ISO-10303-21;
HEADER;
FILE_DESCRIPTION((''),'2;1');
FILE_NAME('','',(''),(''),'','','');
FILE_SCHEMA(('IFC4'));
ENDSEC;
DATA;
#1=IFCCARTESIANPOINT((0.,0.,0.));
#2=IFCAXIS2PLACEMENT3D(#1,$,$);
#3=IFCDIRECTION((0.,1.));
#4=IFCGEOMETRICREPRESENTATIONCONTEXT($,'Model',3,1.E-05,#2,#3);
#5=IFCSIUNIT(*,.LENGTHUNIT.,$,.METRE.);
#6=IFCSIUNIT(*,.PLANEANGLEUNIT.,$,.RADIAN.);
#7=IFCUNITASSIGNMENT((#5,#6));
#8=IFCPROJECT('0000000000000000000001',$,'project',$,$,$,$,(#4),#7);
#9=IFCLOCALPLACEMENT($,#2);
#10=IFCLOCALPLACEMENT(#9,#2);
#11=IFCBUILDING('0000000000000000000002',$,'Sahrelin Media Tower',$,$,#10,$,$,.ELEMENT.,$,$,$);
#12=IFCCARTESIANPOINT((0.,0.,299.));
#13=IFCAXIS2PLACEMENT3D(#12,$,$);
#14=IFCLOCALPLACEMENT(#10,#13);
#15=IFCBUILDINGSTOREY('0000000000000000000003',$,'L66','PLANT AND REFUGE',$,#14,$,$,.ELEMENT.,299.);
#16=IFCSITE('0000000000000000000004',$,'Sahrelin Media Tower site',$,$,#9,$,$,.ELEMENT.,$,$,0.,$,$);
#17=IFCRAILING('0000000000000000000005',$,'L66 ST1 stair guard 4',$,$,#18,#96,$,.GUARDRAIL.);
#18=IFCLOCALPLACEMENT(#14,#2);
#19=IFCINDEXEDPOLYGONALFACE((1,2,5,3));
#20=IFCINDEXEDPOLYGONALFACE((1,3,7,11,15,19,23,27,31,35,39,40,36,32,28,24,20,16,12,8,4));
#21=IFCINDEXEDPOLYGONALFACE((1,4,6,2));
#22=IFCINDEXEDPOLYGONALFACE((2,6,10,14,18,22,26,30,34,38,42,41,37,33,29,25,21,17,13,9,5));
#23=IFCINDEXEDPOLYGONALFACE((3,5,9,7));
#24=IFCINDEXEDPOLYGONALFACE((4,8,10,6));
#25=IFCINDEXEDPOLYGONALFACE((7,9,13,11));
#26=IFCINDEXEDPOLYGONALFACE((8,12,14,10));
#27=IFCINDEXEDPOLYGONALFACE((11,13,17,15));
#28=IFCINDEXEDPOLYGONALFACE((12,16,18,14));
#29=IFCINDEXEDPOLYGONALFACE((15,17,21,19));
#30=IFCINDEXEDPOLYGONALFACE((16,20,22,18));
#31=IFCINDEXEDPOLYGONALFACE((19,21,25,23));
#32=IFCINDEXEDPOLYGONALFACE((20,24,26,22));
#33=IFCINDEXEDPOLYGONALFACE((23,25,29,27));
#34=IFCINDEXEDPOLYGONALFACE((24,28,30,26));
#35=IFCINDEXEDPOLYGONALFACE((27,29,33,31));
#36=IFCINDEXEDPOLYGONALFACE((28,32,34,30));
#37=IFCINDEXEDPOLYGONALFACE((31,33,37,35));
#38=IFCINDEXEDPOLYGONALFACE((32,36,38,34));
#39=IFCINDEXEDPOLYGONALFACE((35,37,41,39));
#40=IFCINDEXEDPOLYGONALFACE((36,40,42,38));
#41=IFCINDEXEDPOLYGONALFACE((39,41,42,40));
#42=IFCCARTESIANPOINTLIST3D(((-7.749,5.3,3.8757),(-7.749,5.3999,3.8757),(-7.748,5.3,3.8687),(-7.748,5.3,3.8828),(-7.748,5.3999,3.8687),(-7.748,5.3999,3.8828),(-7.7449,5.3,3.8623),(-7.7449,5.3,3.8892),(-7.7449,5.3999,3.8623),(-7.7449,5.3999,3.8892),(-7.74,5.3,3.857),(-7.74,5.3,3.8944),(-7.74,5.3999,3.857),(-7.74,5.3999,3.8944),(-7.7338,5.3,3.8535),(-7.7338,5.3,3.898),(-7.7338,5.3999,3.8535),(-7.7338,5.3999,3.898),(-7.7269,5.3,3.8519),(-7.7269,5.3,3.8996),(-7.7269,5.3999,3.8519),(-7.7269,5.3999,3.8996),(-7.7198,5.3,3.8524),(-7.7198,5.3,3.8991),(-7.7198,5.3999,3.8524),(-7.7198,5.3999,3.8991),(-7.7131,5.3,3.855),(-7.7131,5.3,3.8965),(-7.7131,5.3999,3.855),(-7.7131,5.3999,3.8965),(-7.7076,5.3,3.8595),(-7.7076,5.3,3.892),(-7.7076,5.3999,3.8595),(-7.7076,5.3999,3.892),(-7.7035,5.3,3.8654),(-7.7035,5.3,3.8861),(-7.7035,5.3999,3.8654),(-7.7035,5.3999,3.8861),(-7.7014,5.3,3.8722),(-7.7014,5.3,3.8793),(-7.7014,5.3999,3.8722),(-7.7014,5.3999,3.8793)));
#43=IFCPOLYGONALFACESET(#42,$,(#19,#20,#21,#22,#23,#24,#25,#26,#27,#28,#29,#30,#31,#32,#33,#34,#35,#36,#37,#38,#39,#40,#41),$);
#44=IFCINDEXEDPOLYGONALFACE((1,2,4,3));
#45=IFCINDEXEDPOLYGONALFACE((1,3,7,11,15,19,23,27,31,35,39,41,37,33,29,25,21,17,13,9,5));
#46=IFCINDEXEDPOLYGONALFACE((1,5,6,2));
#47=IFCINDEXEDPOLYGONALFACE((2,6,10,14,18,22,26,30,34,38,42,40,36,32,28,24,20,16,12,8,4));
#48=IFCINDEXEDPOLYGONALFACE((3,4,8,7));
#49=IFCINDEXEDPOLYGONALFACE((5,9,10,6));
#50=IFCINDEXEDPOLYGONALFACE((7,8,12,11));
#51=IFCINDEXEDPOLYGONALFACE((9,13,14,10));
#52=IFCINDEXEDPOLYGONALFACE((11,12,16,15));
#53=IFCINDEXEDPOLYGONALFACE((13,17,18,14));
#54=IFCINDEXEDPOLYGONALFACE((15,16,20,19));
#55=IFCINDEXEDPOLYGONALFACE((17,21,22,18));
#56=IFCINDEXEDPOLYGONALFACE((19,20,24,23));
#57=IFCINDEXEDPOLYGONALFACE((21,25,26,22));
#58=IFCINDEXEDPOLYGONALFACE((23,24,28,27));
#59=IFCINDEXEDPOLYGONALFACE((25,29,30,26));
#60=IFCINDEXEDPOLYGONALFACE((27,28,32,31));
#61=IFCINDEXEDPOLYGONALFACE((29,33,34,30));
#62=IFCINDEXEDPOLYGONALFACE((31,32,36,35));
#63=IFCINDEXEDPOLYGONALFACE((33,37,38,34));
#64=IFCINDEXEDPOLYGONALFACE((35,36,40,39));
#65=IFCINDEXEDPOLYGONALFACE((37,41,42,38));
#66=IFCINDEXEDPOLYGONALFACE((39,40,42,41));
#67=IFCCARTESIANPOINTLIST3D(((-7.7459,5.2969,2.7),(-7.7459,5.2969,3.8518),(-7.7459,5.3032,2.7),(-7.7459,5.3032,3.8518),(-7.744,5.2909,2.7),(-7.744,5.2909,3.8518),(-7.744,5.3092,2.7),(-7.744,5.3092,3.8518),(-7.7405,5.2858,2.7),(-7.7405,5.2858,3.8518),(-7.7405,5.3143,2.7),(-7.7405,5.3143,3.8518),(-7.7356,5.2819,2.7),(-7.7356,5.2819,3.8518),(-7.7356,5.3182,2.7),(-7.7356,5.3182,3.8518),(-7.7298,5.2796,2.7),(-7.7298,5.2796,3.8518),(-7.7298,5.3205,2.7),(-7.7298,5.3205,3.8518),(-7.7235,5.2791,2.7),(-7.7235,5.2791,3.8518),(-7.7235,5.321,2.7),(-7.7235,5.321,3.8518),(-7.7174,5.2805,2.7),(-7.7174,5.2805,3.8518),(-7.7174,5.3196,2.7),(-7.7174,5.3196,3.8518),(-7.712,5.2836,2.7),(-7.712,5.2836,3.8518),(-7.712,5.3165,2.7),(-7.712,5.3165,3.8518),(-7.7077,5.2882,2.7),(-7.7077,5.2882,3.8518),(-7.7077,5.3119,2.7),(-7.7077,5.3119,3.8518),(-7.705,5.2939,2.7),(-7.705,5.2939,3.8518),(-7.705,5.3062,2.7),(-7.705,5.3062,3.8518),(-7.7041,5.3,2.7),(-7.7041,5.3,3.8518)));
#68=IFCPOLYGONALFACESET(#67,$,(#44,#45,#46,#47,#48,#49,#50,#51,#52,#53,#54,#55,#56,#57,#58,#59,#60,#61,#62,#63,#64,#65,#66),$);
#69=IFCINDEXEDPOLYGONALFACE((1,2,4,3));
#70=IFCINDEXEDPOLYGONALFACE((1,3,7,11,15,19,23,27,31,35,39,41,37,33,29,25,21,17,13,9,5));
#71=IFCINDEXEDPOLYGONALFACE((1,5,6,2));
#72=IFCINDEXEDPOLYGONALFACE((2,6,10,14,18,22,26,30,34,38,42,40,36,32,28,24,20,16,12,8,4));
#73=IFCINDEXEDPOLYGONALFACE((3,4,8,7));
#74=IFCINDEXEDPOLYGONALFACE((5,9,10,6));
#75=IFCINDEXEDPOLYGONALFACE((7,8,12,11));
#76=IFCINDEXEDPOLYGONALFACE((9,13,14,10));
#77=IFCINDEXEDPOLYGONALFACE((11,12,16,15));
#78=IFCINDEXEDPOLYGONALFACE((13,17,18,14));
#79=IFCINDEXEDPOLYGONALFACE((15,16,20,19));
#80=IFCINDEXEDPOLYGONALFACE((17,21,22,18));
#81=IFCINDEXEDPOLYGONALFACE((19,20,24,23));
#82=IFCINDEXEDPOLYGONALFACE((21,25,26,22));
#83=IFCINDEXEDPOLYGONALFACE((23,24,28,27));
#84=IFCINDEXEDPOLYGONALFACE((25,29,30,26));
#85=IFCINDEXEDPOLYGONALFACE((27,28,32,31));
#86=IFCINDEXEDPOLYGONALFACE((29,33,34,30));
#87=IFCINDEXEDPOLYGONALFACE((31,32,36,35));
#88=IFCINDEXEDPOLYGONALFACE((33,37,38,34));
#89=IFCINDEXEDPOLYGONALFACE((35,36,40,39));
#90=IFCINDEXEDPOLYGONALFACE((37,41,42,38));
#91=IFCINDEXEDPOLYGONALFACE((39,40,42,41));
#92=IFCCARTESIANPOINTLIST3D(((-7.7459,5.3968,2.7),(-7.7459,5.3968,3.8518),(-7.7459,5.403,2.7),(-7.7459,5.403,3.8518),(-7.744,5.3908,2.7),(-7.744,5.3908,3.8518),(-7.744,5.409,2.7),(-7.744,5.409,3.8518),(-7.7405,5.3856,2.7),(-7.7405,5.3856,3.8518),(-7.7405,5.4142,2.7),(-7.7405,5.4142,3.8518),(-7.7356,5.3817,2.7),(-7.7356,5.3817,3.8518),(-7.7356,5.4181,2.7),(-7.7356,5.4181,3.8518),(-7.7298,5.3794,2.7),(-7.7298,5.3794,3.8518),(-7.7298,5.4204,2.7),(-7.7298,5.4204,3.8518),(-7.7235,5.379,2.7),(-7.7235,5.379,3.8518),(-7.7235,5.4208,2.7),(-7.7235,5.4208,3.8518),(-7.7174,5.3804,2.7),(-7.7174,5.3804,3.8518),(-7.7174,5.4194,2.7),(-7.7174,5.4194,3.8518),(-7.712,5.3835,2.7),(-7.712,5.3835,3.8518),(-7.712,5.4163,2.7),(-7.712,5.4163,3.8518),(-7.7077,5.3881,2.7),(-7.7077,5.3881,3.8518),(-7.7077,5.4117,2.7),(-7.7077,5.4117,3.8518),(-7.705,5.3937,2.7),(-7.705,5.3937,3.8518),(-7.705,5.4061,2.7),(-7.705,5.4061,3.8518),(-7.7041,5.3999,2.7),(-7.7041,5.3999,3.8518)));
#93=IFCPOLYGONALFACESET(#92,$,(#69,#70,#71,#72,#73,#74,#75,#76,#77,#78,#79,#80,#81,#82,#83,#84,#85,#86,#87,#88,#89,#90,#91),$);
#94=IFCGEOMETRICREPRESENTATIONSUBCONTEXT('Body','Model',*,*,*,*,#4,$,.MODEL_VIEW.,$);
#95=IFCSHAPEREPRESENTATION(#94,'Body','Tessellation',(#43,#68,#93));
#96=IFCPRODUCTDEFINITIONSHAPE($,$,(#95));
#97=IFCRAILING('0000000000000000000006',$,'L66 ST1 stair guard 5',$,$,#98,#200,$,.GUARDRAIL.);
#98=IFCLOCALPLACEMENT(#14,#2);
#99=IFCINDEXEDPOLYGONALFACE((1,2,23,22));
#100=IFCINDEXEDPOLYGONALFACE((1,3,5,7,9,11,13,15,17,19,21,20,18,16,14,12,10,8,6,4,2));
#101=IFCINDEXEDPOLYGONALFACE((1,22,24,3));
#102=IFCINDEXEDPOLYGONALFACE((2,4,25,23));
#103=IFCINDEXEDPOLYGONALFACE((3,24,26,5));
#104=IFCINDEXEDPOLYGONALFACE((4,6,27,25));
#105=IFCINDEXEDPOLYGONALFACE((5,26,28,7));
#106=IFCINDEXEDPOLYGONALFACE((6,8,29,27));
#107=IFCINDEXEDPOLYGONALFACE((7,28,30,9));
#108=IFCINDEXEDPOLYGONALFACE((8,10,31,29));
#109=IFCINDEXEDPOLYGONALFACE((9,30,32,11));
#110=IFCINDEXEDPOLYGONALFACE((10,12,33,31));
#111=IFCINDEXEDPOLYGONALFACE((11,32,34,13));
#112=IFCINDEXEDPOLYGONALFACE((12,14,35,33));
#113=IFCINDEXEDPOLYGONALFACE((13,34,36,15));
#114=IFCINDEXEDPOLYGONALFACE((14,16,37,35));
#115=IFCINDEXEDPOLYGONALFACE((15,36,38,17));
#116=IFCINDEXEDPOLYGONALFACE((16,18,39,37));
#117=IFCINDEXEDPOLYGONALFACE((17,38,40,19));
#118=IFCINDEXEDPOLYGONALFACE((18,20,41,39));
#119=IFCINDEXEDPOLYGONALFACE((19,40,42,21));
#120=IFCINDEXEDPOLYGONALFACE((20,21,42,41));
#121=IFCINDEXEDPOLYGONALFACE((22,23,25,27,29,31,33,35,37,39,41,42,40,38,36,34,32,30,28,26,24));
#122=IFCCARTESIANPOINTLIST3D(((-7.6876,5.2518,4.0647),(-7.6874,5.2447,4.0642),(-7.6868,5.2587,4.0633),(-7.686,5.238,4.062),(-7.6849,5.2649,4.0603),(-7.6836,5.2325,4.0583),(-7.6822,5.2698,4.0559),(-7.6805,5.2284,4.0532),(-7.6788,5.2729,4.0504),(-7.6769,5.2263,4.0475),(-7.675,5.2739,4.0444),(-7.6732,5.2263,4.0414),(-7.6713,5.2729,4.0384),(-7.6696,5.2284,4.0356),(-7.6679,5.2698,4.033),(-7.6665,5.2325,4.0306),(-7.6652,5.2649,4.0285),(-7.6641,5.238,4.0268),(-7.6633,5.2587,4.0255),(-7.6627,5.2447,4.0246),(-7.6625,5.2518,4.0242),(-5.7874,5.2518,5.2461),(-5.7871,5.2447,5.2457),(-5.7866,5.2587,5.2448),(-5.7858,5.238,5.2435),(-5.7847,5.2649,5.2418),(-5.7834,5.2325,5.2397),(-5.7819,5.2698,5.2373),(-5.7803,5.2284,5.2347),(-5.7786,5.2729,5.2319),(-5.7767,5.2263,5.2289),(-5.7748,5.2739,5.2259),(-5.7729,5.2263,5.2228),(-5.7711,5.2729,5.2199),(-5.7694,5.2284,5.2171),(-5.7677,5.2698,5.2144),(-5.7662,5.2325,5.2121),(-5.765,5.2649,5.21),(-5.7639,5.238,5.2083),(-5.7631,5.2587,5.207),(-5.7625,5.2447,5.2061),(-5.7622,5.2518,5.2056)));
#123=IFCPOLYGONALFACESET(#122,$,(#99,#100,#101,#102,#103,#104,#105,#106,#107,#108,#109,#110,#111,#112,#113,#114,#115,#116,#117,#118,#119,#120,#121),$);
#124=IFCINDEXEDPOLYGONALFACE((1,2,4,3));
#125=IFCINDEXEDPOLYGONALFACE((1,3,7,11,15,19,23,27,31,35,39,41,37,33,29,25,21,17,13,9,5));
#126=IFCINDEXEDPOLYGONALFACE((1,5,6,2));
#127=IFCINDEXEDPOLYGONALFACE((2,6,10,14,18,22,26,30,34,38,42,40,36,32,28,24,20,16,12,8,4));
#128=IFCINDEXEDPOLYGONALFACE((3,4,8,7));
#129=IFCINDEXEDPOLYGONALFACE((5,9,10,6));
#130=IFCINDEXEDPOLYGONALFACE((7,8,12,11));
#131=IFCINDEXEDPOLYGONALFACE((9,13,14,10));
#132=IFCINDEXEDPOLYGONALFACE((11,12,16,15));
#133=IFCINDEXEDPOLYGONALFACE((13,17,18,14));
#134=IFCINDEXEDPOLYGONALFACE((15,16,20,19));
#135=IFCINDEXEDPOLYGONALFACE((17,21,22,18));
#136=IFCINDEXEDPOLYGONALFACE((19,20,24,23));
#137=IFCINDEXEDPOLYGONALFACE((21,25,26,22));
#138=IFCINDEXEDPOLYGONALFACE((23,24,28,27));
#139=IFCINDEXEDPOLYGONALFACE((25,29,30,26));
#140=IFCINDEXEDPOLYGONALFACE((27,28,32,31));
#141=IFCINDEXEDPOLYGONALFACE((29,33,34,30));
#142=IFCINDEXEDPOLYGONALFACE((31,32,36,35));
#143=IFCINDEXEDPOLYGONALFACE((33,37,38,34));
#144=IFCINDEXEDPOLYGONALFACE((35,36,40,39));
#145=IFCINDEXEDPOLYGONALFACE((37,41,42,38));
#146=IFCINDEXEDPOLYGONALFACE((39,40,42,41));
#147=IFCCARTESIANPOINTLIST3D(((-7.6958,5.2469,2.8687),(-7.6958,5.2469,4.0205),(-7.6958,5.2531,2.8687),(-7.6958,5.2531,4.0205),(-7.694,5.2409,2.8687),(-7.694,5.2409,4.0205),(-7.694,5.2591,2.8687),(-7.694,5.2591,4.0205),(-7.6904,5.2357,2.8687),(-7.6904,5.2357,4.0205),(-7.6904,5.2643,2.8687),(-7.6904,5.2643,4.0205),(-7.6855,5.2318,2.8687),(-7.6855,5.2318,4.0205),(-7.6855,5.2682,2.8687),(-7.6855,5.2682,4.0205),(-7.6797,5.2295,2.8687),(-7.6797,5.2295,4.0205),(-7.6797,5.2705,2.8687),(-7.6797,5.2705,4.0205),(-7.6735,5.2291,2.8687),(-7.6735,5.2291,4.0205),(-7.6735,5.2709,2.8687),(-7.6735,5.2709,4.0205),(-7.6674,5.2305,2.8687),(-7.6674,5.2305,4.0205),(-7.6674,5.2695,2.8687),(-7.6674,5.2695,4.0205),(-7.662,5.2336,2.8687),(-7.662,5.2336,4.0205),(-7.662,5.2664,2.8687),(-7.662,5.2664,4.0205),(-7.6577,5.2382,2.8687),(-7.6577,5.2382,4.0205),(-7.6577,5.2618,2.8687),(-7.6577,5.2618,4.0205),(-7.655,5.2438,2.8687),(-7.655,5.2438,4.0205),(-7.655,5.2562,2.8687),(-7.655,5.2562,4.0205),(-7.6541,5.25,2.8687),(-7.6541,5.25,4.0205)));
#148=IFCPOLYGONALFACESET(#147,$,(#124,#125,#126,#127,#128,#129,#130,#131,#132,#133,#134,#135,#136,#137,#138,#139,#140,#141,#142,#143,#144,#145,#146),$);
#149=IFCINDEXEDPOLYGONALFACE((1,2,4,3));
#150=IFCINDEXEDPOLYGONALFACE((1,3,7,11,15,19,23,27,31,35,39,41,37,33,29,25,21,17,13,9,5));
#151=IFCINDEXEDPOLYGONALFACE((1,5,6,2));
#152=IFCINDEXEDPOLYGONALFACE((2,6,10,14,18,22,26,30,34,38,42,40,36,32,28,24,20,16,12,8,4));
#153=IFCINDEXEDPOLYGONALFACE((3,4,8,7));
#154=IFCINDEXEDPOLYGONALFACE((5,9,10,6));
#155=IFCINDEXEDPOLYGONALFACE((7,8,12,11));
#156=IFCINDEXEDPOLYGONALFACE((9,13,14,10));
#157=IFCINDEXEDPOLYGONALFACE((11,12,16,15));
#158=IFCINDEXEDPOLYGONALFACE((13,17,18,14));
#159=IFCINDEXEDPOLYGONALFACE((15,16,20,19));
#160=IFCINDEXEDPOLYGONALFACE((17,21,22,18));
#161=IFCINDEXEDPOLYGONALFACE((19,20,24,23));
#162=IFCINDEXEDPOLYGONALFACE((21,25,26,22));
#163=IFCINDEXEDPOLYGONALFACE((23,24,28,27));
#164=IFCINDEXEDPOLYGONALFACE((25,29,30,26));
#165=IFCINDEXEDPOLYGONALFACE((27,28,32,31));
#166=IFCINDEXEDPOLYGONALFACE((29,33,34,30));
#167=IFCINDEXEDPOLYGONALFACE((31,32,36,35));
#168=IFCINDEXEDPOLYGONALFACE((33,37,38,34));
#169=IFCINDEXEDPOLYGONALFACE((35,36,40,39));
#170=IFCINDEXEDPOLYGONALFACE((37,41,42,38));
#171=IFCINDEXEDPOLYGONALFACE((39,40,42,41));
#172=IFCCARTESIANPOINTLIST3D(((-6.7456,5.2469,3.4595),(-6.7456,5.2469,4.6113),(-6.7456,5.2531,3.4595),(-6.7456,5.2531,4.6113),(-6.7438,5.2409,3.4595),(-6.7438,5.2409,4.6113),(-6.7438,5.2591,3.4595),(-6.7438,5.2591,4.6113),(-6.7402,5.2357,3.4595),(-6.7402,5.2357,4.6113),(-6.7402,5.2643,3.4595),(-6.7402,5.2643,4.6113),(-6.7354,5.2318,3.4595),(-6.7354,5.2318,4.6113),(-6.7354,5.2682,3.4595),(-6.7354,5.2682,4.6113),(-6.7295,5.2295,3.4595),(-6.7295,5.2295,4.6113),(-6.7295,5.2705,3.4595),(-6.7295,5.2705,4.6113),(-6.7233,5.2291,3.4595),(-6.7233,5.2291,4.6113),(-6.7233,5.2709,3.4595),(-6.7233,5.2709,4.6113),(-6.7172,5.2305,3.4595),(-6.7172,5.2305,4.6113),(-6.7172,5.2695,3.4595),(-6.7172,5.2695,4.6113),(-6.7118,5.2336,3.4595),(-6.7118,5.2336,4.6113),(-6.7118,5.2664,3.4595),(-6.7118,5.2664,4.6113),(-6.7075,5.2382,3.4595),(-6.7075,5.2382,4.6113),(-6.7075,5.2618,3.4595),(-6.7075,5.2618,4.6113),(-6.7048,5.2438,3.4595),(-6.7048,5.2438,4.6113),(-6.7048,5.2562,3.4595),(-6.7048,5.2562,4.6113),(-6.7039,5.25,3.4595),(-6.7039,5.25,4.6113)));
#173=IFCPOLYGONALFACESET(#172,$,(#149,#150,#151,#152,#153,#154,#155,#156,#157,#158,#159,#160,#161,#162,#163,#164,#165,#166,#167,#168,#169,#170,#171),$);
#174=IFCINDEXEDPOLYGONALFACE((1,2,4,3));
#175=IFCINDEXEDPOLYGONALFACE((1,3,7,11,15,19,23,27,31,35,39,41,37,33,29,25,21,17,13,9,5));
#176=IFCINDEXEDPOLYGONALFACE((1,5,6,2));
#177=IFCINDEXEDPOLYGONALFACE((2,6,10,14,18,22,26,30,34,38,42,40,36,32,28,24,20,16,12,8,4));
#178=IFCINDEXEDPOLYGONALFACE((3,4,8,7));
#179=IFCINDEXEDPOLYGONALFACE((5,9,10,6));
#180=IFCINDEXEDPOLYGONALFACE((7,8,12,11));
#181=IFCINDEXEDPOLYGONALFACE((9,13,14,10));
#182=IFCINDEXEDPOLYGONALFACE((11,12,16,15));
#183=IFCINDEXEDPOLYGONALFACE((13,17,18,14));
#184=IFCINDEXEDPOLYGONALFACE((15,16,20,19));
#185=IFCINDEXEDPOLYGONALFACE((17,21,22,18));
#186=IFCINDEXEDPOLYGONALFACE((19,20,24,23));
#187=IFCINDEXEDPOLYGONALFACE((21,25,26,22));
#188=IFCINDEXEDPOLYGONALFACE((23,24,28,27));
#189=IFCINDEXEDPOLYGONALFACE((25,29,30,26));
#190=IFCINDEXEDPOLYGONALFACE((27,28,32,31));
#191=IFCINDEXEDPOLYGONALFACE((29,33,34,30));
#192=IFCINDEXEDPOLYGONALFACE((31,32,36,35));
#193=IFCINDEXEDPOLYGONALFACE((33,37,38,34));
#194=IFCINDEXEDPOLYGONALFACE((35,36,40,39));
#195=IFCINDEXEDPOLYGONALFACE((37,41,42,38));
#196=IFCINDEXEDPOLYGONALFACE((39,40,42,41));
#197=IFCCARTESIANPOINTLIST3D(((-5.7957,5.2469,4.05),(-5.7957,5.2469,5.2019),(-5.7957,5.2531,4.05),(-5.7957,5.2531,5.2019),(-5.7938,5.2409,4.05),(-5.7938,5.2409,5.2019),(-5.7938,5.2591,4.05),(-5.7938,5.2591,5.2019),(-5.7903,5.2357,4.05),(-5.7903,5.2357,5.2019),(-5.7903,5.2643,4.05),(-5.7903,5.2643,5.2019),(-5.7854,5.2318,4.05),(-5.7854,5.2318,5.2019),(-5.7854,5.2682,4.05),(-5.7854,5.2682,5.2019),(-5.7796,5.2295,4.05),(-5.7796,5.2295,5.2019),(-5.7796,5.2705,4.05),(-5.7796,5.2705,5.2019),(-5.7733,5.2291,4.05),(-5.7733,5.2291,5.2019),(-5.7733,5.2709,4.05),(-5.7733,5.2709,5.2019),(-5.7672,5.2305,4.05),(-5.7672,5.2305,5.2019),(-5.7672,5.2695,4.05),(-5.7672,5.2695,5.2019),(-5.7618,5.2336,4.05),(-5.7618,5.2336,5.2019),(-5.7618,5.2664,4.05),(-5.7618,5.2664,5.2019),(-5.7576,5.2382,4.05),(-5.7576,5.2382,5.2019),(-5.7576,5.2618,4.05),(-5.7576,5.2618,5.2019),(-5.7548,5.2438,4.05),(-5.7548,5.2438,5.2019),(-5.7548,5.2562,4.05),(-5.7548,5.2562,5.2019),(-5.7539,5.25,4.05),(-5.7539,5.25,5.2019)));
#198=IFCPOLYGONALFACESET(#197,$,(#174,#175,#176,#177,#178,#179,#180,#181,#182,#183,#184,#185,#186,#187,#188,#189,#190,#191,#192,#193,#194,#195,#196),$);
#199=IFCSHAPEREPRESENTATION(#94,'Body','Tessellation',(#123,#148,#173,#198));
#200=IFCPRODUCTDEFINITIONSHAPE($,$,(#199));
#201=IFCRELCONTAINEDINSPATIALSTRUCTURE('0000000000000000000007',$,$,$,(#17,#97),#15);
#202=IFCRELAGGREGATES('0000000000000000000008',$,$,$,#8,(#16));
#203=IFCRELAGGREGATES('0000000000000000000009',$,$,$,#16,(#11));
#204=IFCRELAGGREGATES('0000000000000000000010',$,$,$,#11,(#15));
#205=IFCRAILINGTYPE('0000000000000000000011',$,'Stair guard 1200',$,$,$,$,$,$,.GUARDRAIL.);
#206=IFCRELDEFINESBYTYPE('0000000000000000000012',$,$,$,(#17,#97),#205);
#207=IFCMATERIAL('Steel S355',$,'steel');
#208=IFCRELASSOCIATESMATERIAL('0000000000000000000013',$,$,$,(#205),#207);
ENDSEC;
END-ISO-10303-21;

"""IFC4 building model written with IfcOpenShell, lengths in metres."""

from ifc_helpers import new_model, si_unit, direction, frame, origin, origin_2d, place, context, subcontext, project, spatial, circle, extrude, material, type_object, element, save


model = new_model("IFC4")

# Units and contexts
model_context = context("Model", 3, precision=1e-05, world=origin(), true_north=direction((0.0, 1.0)))
body_context = subcontext(model_context, "Body", "Model", "MODEL_VIEW")
ifc_project = project(units=[si_unit("LENGTHUNIT", "METRE"), si_unit("PLANEANGLEUNIT", "RADIAN")], contexts=[model_context])

# Site, building, storey
site_placement = place(None, origin())
site = spatial("IfcSite", under=ifc_project, at=site_placement, Name="Sahrelin Media Tower site", CompositionType="ELEMENT", RefElevation=0.0)
building_placement = place(site_placement, origin())
building = spatial("IfcBuilding", under=site, at=building_placement, Name="Sahrelin Media Tower", CompositionType="ELEMENT")
storey_placement = place(building_placement, frame((0.0, 0.0, 299.0)))
storey = spatial("IfcBuildingStorey", under=building, at=storey_placement, Name="L66", Description="PLANT AND REFUGE", CompositionType="ELEMENT", Elevation=299.0)

# Shared definitions
ifc_material_1 = material(Name="Steel S355", Category="steel")

# Railings
railing_type_1 = type_object("IfcRailingType", Name="Stair guard 1200", PredefinedType="GUARDRAIL", material=ifc_material_1)
railing_1_placement = place(storey_placement, frame((-7.7251, 5.3, 2.7)))
element("IfcRailing", 1, at=railing_1_placement, inside=storey, type_object=railing_type_1, Name="L66 ST1 stair guard 4", PredefinedType="GUARDRAIL", context=body_context, shape_type="SweptSolid", body=[
    extrude(circle(Radius=0.0239, at=origin_2d()), frame((0.0, 0.0, 1.1758), z_axis=(0.0, 1.0, 0.0), x_axis=(-1.0, 0.0, 0.0)), (0.0, 0.0, 1.0), 0.0999),
    extrude(circle(Radius=0.021, at=origin_2d()), origin(), (0.0, 0.0, 1.0), 1.1519),
    extrude(circle(Radius=0.021, at=origin_2d()), frame((0.0, 0.0999, 0.0)), (0.0, 0.0, 1.0), 1.1519),
])
railing_2_placement = place(storey_placement, frame((-7.675, 5.25, 2.8687)))
element("IfcRailing", 2, at=railing_2_placement, inside=storey, type_object=railing_type_1, Name="L66 ST1 stair guard 5", PredefinedType="GUARDRAIL", context=body_context, shape_type="SweptSolid", body=[
    extrude(circle(Radius=0.0239, at=origin_2d()), frame((0.0, 0.0, 1.1758), z_axis=(0.84924, 0.0, 0.528006), x_axis=(0.0, 1.0, 0.0)), (0.0, 0.0, 1.0), 2.2375),
    extrude(circle(Radius=0.021, at=origin_2d()), origin(), (0.0, 0.0, 1.0), 1.1519),
    extrude(circle(Radius=0.021, at=origin_2d()), frame((0.9502, 0.0, 0.5908)), (0.0, 0.0, 1.0), 1.1519),
    extrude(circle(Radius=0.021, at=origin_2d()), frame((1.9001, 0.0, 1.1814)), (0.0, 0.0, 1.0), 1.1519),
])

save(model, "model.ifc")
